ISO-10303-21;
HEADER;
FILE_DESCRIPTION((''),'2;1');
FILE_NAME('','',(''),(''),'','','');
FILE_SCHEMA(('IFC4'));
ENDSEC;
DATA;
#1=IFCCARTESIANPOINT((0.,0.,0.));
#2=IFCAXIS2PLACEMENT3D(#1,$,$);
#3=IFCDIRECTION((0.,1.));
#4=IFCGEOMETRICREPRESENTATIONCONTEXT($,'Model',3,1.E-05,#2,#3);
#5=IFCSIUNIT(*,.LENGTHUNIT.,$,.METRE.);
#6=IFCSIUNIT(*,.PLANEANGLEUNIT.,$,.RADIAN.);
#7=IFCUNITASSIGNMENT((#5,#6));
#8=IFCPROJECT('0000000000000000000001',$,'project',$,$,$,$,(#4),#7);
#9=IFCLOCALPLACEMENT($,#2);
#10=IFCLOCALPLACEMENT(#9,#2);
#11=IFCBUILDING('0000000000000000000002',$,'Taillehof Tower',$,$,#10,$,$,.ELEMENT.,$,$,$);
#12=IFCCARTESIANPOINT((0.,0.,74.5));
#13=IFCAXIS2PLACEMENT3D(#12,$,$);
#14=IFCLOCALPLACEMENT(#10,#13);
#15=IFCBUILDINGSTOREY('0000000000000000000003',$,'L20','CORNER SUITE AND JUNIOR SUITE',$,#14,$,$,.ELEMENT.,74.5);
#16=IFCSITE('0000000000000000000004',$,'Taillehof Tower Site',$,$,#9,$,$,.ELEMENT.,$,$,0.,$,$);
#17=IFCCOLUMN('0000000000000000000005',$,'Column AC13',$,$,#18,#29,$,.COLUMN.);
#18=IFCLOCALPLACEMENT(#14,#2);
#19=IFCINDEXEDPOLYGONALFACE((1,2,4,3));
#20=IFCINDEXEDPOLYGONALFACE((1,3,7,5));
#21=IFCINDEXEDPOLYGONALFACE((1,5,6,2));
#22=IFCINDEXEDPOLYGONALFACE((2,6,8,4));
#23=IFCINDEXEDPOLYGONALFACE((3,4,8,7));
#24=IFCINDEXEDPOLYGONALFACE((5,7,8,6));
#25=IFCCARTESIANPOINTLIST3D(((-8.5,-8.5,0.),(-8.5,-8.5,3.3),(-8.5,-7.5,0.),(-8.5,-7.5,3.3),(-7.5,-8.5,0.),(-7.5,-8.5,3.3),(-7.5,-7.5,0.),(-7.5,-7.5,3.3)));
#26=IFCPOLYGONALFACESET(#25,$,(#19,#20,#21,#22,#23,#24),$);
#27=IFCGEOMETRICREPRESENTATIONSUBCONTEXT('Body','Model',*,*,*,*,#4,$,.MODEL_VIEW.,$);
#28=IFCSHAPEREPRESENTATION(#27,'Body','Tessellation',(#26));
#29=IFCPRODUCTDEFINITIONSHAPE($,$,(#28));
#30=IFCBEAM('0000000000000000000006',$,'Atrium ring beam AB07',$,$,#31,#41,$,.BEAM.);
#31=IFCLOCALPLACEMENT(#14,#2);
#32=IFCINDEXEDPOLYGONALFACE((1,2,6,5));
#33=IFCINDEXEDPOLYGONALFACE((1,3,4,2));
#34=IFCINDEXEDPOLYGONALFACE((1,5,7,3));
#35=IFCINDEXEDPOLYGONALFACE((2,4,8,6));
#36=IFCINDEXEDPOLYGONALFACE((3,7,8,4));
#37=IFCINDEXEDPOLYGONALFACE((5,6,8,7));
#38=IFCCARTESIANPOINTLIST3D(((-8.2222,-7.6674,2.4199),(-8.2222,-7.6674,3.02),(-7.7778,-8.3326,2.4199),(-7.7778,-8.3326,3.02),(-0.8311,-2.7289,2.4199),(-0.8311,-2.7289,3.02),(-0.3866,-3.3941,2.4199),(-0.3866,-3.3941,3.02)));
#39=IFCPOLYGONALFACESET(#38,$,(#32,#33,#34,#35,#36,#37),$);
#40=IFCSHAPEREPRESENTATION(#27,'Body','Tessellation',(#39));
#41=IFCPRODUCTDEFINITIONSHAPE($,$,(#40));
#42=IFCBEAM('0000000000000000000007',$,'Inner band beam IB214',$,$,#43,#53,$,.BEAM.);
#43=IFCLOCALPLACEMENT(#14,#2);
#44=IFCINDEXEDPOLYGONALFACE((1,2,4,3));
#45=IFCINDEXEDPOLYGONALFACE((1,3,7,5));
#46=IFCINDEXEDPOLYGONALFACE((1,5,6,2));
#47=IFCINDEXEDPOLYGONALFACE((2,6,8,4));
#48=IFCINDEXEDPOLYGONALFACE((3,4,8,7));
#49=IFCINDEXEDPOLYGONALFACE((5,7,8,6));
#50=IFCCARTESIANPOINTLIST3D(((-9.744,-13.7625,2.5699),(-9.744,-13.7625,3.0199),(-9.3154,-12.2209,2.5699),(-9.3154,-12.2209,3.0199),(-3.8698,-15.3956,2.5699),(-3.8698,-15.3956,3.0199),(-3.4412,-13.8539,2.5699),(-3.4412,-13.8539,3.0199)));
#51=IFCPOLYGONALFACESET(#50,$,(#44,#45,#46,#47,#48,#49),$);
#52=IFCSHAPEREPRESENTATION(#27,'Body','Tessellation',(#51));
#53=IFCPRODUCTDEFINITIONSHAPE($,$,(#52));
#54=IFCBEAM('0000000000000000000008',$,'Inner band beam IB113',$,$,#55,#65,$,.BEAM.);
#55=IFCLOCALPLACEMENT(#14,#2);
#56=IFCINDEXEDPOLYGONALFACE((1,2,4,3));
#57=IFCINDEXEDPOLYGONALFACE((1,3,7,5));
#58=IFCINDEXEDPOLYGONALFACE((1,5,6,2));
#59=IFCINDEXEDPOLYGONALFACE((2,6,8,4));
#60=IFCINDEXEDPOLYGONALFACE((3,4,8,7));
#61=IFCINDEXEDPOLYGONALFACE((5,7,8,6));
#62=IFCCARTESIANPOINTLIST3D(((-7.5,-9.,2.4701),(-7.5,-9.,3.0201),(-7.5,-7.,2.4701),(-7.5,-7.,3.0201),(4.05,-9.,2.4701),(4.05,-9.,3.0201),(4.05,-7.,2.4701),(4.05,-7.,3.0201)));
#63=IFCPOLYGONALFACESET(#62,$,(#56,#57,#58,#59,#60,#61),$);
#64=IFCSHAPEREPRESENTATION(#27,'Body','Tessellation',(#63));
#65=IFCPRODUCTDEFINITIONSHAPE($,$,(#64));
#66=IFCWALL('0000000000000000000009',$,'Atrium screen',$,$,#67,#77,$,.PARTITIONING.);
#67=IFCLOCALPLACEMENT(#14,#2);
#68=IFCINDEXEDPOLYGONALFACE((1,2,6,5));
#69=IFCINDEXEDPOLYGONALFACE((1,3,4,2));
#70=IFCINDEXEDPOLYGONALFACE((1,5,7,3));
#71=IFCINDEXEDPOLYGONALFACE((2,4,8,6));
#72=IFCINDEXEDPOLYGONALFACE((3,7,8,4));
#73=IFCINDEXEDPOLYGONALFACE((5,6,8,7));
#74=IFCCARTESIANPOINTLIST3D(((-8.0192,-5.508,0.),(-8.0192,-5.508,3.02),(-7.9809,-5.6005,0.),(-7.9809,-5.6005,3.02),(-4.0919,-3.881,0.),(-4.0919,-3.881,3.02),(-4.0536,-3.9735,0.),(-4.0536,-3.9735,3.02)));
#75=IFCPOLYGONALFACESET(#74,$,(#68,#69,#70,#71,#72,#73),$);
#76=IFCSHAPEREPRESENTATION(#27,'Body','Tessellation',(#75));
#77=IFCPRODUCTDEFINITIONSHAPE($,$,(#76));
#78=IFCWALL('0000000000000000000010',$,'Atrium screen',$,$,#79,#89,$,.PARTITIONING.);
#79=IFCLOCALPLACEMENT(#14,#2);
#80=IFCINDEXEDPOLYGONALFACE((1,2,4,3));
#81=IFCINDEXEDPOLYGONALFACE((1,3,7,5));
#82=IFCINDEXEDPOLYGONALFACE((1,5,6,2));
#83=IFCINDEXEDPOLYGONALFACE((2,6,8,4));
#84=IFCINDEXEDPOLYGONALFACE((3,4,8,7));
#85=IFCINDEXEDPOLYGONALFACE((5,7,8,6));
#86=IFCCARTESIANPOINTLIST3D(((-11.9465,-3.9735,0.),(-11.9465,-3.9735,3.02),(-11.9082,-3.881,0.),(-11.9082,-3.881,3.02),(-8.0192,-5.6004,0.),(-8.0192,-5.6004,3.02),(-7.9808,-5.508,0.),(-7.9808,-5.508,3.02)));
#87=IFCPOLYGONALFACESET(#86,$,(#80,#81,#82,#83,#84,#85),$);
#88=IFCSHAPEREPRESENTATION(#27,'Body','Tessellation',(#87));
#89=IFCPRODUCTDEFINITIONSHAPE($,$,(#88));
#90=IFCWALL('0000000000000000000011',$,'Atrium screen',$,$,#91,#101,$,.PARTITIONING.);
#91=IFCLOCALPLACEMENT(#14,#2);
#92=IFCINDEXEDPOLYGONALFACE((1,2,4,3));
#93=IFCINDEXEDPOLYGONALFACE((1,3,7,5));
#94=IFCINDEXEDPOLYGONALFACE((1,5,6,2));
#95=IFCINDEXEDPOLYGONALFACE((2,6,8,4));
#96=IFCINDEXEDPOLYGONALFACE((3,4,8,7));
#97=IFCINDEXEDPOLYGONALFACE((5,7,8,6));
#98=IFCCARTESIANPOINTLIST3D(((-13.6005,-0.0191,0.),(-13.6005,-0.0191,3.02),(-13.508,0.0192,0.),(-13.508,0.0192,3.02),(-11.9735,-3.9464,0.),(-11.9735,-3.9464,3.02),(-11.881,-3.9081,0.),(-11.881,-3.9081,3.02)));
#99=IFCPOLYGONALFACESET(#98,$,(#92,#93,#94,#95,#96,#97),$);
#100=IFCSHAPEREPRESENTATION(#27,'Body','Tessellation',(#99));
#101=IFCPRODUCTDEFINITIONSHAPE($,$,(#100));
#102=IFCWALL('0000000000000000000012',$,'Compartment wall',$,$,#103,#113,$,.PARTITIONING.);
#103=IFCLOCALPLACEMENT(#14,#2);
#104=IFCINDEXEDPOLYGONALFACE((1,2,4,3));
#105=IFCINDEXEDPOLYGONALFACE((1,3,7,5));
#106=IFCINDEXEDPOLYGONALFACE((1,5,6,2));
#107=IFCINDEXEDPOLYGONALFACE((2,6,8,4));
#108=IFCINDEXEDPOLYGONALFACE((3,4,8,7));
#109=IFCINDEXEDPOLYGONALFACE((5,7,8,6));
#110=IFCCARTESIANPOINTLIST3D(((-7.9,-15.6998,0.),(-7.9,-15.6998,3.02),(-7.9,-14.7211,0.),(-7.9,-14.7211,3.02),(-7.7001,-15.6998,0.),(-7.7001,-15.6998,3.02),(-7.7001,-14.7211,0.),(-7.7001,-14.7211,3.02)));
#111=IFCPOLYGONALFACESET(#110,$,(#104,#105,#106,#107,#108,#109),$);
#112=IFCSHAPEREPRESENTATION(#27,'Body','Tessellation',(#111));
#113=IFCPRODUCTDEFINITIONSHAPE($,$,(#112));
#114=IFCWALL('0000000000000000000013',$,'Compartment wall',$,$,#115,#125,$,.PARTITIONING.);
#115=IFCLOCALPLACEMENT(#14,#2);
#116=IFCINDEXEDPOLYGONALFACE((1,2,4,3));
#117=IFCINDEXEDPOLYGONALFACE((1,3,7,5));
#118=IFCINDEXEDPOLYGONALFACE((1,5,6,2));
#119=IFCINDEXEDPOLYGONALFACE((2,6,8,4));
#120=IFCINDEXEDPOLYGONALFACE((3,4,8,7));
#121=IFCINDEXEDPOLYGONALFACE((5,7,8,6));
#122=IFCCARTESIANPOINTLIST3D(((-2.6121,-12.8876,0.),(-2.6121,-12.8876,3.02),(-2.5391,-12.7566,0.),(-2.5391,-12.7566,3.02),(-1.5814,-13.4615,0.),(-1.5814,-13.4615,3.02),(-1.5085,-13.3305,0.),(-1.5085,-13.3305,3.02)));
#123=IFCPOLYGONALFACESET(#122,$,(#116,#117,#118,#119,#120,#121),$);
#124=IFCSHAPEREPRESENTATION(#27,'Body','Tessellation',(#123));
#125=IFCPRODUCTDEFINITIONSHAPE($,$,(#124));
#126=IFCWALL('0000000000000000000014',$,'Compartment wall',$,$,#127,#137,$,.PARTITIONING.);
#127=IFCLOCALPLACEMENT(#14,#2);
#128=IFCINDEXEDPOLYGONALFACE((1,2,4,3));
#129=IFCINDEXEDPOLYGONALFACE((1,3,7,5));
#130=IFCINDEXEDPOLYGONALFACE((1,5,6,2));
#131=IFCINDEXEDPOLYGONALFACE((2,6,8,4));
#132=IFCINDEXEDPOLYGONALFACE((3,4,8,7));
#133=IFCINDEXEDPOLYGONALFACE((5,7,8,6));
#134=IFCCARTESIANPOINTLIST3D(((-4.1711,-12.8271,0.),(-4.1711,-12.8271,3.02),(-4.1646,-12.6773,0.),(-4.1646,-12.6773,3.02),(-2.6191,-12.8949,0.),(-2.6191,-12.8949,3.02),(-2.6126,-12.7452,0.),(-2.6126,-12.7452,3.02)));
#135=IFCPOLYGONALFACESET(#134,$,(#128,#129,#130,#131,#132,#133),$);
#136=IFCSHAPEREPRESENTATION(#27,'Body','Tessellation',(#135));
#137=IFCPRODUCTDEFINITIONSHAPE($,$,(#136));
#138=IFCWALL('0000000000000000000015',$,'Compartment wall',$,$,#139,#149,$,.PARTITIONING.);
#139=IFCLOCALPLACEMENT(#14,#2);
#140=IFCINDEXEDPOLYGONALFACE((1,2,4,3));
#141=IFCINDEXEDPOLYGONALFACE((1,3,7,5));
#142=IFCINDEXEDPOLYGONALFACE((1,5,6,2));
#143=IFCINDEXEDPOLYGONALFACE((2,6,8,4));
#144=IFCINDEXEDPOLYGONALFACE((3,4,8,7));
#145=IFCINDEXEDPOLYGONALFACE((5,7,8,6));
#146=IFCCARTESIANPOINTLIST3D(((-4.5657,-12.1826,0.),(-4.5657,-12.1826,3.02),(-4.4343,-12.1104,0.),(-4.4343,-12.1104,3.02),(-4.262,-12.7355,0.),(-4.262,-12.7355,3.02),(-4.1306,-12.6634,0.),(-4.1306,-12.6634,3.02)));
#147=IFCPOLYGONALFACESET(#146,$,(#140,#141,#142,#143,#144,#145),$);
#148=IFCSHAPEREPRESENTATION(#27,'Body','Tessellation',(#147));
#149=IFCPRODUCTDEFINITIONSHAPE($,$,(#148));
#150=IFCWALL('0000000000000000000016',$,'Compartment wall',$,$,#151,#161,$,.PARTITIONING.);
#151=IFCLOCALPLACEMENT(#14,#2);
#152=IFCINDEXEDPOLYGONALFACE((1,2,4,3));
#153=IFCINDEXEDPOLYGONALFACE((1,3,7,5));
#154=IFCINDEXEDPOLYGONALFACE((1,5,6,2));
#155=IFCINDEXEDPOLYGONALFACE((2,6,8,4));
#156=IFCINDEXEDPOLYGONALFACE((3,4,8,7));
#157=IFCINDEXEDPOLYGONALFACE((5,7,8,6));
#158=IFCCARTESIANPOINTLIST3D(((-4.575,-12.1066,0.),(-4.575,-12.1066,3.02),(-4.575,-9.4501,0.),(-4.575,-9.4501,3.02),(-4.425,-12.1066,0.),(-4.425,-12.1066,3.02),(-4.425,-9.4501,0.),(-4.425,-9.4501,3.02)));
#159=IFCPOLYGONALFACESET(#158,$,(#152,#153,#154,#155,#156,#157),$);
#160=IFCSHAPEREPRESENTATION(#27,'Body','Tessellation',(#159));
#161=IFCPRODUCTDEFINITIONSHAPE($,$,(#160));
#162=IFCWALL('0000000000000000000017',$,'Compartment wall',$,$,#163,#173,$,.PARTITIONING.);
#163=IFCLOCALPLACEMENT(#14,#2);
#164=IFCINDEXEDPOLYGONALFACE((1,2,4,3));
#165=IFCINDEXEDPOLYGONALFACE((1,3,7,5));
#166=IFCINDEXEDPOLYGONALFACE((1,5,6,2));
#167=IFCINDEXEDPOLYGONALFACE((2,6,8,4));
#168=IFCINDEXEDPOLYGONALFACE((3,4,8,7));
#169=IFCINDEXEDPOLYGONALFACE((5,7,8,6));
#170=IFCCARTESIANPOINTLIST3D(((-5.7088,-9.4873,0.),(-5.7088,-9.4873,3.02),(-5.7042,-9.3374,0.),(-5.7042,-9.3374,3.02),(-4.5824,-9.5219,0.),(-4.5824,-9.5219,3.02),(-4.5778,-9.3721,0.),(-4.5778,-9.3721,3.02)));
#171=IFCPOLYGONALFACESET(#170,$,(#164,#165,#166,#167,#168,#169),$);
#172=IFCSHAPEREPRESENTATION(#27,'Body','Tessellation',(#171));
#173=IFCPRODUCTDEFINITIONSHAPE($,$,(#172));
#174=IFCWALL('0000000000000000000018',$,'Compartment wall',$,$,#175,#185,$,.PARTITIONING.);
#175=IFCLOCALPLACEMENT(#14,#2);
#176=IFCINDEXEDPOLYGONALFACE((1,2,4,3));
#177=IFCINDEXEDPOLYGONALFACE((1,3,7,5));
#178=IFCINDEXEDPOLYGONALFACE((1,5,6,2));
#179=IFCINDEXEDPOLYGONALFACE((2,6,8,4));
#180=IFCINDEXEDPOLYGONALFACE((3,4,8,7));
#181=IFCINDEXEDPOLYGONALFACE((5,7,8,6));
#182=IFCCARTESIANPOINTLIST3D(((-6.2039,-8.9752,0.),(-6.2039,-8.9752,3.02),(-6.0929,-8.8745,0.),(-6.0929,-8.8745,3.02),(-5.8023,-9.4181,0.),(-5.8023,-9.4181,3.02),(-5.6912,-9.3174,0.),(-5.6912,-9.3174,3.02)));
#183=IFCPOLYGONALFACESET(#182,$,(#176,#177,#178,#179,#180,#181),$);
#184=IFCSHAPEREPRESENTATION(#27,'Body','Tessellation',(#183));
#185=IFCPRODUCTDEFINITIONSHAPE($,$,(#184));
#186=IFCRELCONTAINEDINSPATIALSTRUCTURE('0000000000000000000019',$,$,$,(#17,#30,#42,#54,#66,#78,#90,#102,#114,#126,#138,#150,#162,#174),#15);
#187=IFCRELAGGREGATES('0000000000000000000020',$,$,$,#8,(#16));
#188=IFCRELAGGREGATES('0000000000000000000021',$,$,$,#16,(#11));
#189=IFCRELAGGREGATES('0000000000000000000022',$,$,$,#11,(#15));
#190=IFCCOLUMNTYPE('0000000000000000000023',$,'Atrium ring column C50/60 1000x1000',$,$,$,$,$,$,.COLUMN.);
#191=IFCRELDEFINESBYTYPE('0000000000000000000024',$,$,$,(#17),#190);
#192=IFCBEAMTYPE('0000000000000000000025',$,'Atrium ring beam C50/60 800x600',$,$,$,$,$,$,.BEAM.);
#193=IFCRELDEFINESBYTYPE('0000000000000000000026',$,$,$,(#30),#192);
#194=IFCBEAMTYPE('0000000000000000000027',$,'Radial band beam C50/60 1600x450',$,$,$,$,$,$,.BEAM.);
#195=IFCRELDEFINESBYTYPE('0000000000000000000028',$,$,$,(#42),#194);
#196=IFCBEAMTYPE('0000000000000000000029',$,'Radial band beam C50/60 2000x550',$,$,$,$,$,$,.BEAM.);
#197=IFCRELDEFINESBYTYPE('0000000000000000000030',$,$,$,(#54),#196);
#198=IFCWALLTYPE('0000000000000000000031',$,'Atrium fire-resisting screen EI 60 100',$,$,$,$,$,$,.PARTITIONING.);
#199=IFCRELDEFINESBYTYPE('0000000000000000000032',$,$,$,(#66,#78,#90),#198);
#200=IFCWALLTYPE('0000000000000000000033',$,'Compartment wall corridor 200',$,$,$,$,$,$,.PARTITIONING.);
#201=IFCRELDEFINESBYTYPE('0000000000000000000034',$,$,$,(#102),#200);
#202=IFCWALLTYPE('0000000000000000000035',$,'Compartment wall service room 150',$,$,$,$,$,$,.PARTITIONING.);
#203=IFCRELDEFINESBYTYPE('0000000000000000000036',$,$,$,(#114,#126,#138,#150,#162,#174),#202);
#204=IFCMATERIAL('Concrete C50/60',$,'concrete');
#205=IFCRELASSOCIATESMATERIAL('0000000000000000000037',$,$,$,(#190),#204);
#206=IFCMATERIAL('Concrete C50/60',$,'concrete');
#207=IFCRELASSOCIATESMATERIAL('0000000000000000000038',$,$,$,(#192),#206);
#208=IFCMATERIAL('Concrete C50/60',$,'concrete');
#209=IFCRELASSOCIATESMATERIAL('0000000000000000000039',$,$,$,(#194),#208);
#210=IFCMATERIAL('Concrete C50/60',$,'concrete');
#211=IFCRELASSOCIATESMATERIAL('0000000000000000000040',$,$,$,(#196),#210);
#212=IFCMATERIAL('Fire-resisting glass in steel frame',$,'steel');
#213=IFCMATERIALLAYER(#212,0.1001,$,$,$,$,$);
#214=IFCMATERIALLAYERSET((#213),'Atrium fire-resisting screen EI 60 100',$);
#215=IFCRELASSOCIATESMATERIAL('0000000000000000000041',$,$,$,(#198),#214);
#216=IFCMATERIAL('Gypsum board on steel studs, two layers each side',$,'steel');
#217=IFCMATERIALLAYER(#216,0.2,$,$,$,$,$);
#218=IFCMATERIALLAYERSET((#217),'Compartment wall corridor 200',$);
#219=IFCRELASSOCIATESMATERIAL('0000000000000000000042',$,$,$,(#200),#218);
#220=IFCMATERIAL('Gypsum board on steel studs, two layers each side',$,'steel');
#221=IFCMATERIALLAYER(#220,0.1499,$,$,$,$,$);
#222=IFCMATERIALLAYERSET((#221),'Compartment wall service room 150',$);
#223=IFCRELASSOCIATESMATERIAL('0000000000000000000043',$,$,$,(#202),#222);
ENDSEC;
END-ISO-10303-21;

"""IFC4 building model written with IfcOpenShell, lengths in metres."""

from ifc_helpers import new_model, si_unit, direction, frame, frame_2d, origin, origin_2d, place, context, subcontext, project, spatial, rectangle, extrude, material, layer, layer_set, material_profile, profile_set, type_object, element, save


model = new_model("IFC4")

# Units and contexts
model_context = context("Model", 3, precision=1e-05, world=origin(), true_north=direction((0.0, 1.0)))
body_context = subcontext(model_context, "Body", "Model", "MODEL_VIEW")
ifc_project = project(units=[si_unit("LENGTHUNIT", "METRE"), si_unit("PLANEANGLEUNIT", "RADIAN")], contexts=[model_context])

# Site, building, storey
site_placement = place(None, origin())
site = spatial("IfcSite", under=ifc_project, at=site_placement, Name="Taillehof Tower Site", CompositionType="ELEMENT", RefElevation=0.0)
building_placement = place(site_placement, origin())
building = spatial("IfcBuilding", under=site, at=building_placement, Name="Taillehof Tower", CompositionType="ELEMENT")
storey_placement = place(building_placement, frame((0.0, 0.0, 74.5)))
storey = spatial("IfcBuildingStorey", under=building, at=storey_placement, Name="L20", Description="CORNER SUITE AND JUNIOR SUITE", CompositionType="ELEMENT", Elevation=74.5)

# Column
ifc_material_1 = material(Name="Concrete C50/60", Category="concrete")
ifc_material_profile_1 = material_profile(ifc_material_1, rectangle(XDim=1.0, YDim=1.0, at=origin_2d()), Name="RC 1000x1000")
ifc_profile_set_1 = profile_set([ifc_material_profile_1], Name="Concrete C50/60")
column_type = type_object("IfcColumnType", Name="Atrium ring column C50/60 1000x1000", PredefinedType="COLUMN", material=ifc_profile_set_1)
column_placement = place(storey_placement, frame((-8.0, -8.0, 0.0), z_axis=(0.0, 0.0, 1.0), x_axis=(1.0, 0.0, 0.0)))
element("IfcColumn", 1, at=column_placement, inside=storey, type_object=column_type, Name="Column AC13", PredefinedType="COLUMN", context=body_context, shape_type="SweptSolid", body=[
    extrude(rectangle(XDim=1.0, YDim=1.0, at=origin_2d()), origin(), (0.0, 0.0, 1.0), 3.3),
])

# Beams
ifc_material_2 = material(Name="Concrete C50/60", Category="concrete")
ifc_material_profile_2 = material_profile(ifc_material_2, rectangle(XDim=0.8, YDim=0.6001, at=origin_2d()), Name="RC 800x600")
ifc_profile_set_2 = profile_set([ifc_material_profile_2], Name="Concrete C50/60")
beam_type_1 = type_object("IfcBeamType", Name="Atrium ring beam C50/60 800x600", PredefinedType="BEAM", material=ifc_profile_set_2)
beam_1_placement = place(storey_placement, frame((-8.0, -8.0, 2.72), z_axis=(0.831475, 0.555562, 0.0), x_axis=(-0.555562, 0.831475, 0.0)))
element("IfcBeam", 2, at=beam_1_placement, inside=storey, type_object=beam_type_1, Name="Atrium ring beam AB07", PredefinedType="BEAM", context=body_context, shape_type="SweptSolid", body=[
    extrude(rectangle(XDim=0.8, YDim=0.6001, at=origin_2d()), origin(), (0.0, 0.0, 1.0), 8.8892),
])
ifc_material_3 = material(Name="Concrete C50/60", Category="concrete")
ifc_material_profile_3 = material_profile(ifc_material_3, rectangle(XDim=1.6001, YDim=0.45, at=origin_2d()), Name="RC 1600x450")
ifc_profile_set_3 = profile_set([ifc_material_profile_3], Name="Concrete C50/60")
beam_type_2 = type_object("IfcBeamType", Name="Radial band beam C50/60 1600x450", PredefinedType="BEAM", material=ifc_profile_set_3)
beam_2_placement = place(storey_placement, frame((-3.6555, -14.6248, 2.7949), z_axis=(-0.963459, 0.267855, 0.0), x_axis=(-0.267855, -0.963459, 0.0)))
element("IfcBeam", 3, at=beam_2_placement, inside=storey, type_object=beam_type_2, Name="Inner band beam IB214", PredefinedType="BEAM", context=body_context, shape_type="SweptSolid", body=[
    extrude(rectangle(XDim=1.6001, YDim=0.45, at=origin_2d()), origin(), (0.0, 0.0, 1.0), 6.0969),
])
ifc_material_4 = material(Name="Concrete C50/60", Category="concrete")
ifc_material_profile_4 = material_profile(ifc_material_4, rectangle(XDim=2.0, YDim=0.55, at=origin_2d()), Name="RC 2000x550")
ifc_profile_set_4 = profile_set([ifc_material_profile_4], Name="Concrete C50/60")
beam_type_3 = type_object("IfcBeamType", Name="Radial band beam C50/60 2000x550", PredefinedType="BEAM", material=ifc_profile_set_4)
beam_3_placement = place(storey_placement, frame((-7.5, -8.0, 2.7451), z_axis=(1.0, 0.0, 0.0), x_axis=(0.0, 1.0, 0.0)))
element("IfcBeam", 4, at=beam_3_placement, inside=storey, type_object=beam_type_3, Name="Inner band beam IB113", PredefinedType="BEAM", context=body_context, shape_type="SweptSolid", body=[
    extrude(rectangle(XDim=2.0, YDim=0.55, at=origin_2d()), origin(), (0.0, 0.0, 1.0), 11.55),
])

# Walls
ifc_material_5 = material(Name="Fire-resisting glass in steel frame", Category="steel")
ifc_layer_1 = layer(ifc_material_5, 0.1001)
ifc_layer_set_1 = layer_set([ifc_layer_1], Name="Atrium fire-resisting screen EI 60 100")
wall_type_1 = type_object("IfcWallType", Name="Atrium fire-resisting screen EI 60 100", PredefinedType="PARTITIONING", material=ifc_layer_set_1)
for number, where, z_axis, x_axis, name in (
    (5, (-4.0728, -3.9272, 0.0), (0.0, 0.0, 1.0), (-0.92386, -0.382731, 0.0), "Atrium screen"),
    (6, (-8.0, -5.5542, 0.0), (0.0, 0.0, 1.0), (-0.92386, 0.382731, 0.0), "Atrium screen"),
    (7, (-11.9272, -3.9272, 0.0), (0.0, 0.0, 1.0), (-0.382731, 0.92386, 0.0), "Atrium screen"),
):
    element("IfcWall", number, at=place(storey_placement, frame(where, z_axis=z_axis, x_axis=x_axis)), inside=storey, type_object=wall_type_1, Name=name, PredefinedType="PARTITIONING", context=body_context, shape_type="SweptSolid", body=[
        extrude(rectangle(XDim=4.251, YDim=0.1001, at=frame_2d((2.1255, 0.0))), origin(), (0.0, 0.0, 1.0), 3.02),
    ])
ifc_material_6 = material(Name="Gypsum board on steel studs, two layers each side", Category="steel")
ifc_layer_2 = layer(ifc_material_6, 0.2)
ifc_layer_set_2 = layer_set([ifc_layer_2], Name="Compartment wall corridor 200")
wall_type_2 = type_object("IfcWallType", Name="Compartment wall corridor 200", PredefinedType="PARTITIONING", material=ifc_layer_set_2)
wall_1_placement = place(storey_placement, frame((-7.8, -14.7212, 0.0), z_axis=(0.0, 0.0, 1.0), x_axis=(0.0, -1.0, 0.0)))
element("IfcWall", 8, at=wall_1_placement, inside=storey, type_object=wall_type_2, Name="Compartment wall", PredefinedType="PARTITIONING", context=body_context, shape_type="SweptSolid", body=[
    extrude(rectangle(XDim=0.9788, YDim=0.2, at=frame_2d((0.4893, 0.0))), origin(), (0.0, 0.0, 1.0), 3.02),
])
ifc_material_7 = material(Name="Gypsum board on steel studs, two layers each side", Category="steel")
ifc_layer_3 = layer(ifc_material_7, 0.1499)
ifc_layer_set_3 = layer_set([ifc_layer_3], Name="Compartment wall service room 150")
wall_type_3 = type_object("IfcWallType", Name="Compartment wall service room 150", PredefinedType="PARTITIONING", material=ifc_layer_set_3)
wall_2_placement = place(storey_placement, frame((-1.5449, -13.396, 0.0), z_axis=(0.0, 0.0, 1.0), x_axis=(-0.873679, 0.486504, 0.0)))
element("IfcWall", 9, at=wall_2_placement, inside=storey, type_object=wall_type_3, Name="Compartment wall", PredefinedType="PARTITIONING", context=body_context, shape_type="SweptSolid", body=[
    extrude(rectangle(XDim=1.1797, YDim=0.1499, at=frame_2d((0.5898, 0.0))), origin(), (0.0, 0.0, 1.0), 3.02),
])
wall_3_placement = place(storey_placement, frame((-2.6157, -12.8201, 0.0), z_axis=(0.0, 0.0, 1.0), x_axis=(-0.999045, 0.04369, 0.0)))
element("IfcWall", 10, at=wall_3_placement, inside=storey, type_object=wall_type_3, Name="Compartment wall", PredefinedType="PARTITIONING", context=body_context, shape_type="SweptSolid", body=[
    extrude(rectangle(XDim=1.5535, YDim=0.1499, at=frame_2d((0.7769, 0.0))), origin(), (0.0, 0.0, 1.0), 3.02),
])
wall_4_placement = place(storey_placement, frame((-4.1963, -12.6995, 0.0), z_axis=(0.0, 0.0, 1.0), x_axis=(-0.481399, 0.876502, 0.0)))
element("IfcWall", 11, at=wall_4_placement, inside=storey, type_object=wall_type_3, Name="Compartment wall", PredefinedType="PARTITIONING", context=body_context, shape_type="SweptSolid", body=[
    extrude(rectangle(XDim=0.6309, YDim=0.1499, at=frame_2d((0.3154, 0.0))), origin(), (0.0, 0.0, 1.0), 3.02),
])
wall_5_placement = place(storey_placement, frame((-4.5, -12.1064, 0.0), z_axis=(0.0, 0.0, 1.0), x_axis=(0.0, 1.0, 0.0)))
element("IfcWall", 12, at=wall_5_placement, inside=storey, type_object=wall_type_3, Name="Compartment wall", PredefinedType="PARTITIONING", context=body_context, shape_type="SweptSolid", body=[
    extrude(rectangle(XDim=2.6565, YDim=0.1499, at=frame_2d((1.3281, 0.0))), origin(), (0.0, 0.0, 1.0), 3.02),
])
wall_6_placement = place(storey_placement, frame((-4.5801, -9.447, 0.0), z_axis=(0.0, 0.0, 1.0), x_axis=(-0.999527, 0.030761, 0.0)))
element("IfcWall", 13, at=wall_6_placement, inside=storey, type_object=wall_type_3, Name="Compartment wall", PredefinedType="PARTITIONING", context=body_context, shape_type="SweptSolid", body=[
    extrude(rectangle(XDim=1.127, YDim=0.1499, at=frame_2d((0.5635, 0.0))), origin(), (0.0, 0.0, 1.0), 3.02),
])
wall_7_placement = place(storey_placement, frame((-5.7468, -9.3677, 0.0), z_axis=(0.0, 0.0, 1.0), x_axis=(-0.671758, 0.740771, 0.0)))
element("IfcWall", 14, at=wall_7_placement, inside=storey, type_object=wall_type_3, Name="Compartment wall", PredefinedType="PARTITIONING", context=body_context, shape_type="SweptSolid", body=[
    extrude(rectangle(XDim=0.5979, YDim=0.1499, at=frame_2d((0.2988, 0.0))), origin(), (0.0, 0.0, 1.0), 3.02),
])

save(model, "model.ifc")
